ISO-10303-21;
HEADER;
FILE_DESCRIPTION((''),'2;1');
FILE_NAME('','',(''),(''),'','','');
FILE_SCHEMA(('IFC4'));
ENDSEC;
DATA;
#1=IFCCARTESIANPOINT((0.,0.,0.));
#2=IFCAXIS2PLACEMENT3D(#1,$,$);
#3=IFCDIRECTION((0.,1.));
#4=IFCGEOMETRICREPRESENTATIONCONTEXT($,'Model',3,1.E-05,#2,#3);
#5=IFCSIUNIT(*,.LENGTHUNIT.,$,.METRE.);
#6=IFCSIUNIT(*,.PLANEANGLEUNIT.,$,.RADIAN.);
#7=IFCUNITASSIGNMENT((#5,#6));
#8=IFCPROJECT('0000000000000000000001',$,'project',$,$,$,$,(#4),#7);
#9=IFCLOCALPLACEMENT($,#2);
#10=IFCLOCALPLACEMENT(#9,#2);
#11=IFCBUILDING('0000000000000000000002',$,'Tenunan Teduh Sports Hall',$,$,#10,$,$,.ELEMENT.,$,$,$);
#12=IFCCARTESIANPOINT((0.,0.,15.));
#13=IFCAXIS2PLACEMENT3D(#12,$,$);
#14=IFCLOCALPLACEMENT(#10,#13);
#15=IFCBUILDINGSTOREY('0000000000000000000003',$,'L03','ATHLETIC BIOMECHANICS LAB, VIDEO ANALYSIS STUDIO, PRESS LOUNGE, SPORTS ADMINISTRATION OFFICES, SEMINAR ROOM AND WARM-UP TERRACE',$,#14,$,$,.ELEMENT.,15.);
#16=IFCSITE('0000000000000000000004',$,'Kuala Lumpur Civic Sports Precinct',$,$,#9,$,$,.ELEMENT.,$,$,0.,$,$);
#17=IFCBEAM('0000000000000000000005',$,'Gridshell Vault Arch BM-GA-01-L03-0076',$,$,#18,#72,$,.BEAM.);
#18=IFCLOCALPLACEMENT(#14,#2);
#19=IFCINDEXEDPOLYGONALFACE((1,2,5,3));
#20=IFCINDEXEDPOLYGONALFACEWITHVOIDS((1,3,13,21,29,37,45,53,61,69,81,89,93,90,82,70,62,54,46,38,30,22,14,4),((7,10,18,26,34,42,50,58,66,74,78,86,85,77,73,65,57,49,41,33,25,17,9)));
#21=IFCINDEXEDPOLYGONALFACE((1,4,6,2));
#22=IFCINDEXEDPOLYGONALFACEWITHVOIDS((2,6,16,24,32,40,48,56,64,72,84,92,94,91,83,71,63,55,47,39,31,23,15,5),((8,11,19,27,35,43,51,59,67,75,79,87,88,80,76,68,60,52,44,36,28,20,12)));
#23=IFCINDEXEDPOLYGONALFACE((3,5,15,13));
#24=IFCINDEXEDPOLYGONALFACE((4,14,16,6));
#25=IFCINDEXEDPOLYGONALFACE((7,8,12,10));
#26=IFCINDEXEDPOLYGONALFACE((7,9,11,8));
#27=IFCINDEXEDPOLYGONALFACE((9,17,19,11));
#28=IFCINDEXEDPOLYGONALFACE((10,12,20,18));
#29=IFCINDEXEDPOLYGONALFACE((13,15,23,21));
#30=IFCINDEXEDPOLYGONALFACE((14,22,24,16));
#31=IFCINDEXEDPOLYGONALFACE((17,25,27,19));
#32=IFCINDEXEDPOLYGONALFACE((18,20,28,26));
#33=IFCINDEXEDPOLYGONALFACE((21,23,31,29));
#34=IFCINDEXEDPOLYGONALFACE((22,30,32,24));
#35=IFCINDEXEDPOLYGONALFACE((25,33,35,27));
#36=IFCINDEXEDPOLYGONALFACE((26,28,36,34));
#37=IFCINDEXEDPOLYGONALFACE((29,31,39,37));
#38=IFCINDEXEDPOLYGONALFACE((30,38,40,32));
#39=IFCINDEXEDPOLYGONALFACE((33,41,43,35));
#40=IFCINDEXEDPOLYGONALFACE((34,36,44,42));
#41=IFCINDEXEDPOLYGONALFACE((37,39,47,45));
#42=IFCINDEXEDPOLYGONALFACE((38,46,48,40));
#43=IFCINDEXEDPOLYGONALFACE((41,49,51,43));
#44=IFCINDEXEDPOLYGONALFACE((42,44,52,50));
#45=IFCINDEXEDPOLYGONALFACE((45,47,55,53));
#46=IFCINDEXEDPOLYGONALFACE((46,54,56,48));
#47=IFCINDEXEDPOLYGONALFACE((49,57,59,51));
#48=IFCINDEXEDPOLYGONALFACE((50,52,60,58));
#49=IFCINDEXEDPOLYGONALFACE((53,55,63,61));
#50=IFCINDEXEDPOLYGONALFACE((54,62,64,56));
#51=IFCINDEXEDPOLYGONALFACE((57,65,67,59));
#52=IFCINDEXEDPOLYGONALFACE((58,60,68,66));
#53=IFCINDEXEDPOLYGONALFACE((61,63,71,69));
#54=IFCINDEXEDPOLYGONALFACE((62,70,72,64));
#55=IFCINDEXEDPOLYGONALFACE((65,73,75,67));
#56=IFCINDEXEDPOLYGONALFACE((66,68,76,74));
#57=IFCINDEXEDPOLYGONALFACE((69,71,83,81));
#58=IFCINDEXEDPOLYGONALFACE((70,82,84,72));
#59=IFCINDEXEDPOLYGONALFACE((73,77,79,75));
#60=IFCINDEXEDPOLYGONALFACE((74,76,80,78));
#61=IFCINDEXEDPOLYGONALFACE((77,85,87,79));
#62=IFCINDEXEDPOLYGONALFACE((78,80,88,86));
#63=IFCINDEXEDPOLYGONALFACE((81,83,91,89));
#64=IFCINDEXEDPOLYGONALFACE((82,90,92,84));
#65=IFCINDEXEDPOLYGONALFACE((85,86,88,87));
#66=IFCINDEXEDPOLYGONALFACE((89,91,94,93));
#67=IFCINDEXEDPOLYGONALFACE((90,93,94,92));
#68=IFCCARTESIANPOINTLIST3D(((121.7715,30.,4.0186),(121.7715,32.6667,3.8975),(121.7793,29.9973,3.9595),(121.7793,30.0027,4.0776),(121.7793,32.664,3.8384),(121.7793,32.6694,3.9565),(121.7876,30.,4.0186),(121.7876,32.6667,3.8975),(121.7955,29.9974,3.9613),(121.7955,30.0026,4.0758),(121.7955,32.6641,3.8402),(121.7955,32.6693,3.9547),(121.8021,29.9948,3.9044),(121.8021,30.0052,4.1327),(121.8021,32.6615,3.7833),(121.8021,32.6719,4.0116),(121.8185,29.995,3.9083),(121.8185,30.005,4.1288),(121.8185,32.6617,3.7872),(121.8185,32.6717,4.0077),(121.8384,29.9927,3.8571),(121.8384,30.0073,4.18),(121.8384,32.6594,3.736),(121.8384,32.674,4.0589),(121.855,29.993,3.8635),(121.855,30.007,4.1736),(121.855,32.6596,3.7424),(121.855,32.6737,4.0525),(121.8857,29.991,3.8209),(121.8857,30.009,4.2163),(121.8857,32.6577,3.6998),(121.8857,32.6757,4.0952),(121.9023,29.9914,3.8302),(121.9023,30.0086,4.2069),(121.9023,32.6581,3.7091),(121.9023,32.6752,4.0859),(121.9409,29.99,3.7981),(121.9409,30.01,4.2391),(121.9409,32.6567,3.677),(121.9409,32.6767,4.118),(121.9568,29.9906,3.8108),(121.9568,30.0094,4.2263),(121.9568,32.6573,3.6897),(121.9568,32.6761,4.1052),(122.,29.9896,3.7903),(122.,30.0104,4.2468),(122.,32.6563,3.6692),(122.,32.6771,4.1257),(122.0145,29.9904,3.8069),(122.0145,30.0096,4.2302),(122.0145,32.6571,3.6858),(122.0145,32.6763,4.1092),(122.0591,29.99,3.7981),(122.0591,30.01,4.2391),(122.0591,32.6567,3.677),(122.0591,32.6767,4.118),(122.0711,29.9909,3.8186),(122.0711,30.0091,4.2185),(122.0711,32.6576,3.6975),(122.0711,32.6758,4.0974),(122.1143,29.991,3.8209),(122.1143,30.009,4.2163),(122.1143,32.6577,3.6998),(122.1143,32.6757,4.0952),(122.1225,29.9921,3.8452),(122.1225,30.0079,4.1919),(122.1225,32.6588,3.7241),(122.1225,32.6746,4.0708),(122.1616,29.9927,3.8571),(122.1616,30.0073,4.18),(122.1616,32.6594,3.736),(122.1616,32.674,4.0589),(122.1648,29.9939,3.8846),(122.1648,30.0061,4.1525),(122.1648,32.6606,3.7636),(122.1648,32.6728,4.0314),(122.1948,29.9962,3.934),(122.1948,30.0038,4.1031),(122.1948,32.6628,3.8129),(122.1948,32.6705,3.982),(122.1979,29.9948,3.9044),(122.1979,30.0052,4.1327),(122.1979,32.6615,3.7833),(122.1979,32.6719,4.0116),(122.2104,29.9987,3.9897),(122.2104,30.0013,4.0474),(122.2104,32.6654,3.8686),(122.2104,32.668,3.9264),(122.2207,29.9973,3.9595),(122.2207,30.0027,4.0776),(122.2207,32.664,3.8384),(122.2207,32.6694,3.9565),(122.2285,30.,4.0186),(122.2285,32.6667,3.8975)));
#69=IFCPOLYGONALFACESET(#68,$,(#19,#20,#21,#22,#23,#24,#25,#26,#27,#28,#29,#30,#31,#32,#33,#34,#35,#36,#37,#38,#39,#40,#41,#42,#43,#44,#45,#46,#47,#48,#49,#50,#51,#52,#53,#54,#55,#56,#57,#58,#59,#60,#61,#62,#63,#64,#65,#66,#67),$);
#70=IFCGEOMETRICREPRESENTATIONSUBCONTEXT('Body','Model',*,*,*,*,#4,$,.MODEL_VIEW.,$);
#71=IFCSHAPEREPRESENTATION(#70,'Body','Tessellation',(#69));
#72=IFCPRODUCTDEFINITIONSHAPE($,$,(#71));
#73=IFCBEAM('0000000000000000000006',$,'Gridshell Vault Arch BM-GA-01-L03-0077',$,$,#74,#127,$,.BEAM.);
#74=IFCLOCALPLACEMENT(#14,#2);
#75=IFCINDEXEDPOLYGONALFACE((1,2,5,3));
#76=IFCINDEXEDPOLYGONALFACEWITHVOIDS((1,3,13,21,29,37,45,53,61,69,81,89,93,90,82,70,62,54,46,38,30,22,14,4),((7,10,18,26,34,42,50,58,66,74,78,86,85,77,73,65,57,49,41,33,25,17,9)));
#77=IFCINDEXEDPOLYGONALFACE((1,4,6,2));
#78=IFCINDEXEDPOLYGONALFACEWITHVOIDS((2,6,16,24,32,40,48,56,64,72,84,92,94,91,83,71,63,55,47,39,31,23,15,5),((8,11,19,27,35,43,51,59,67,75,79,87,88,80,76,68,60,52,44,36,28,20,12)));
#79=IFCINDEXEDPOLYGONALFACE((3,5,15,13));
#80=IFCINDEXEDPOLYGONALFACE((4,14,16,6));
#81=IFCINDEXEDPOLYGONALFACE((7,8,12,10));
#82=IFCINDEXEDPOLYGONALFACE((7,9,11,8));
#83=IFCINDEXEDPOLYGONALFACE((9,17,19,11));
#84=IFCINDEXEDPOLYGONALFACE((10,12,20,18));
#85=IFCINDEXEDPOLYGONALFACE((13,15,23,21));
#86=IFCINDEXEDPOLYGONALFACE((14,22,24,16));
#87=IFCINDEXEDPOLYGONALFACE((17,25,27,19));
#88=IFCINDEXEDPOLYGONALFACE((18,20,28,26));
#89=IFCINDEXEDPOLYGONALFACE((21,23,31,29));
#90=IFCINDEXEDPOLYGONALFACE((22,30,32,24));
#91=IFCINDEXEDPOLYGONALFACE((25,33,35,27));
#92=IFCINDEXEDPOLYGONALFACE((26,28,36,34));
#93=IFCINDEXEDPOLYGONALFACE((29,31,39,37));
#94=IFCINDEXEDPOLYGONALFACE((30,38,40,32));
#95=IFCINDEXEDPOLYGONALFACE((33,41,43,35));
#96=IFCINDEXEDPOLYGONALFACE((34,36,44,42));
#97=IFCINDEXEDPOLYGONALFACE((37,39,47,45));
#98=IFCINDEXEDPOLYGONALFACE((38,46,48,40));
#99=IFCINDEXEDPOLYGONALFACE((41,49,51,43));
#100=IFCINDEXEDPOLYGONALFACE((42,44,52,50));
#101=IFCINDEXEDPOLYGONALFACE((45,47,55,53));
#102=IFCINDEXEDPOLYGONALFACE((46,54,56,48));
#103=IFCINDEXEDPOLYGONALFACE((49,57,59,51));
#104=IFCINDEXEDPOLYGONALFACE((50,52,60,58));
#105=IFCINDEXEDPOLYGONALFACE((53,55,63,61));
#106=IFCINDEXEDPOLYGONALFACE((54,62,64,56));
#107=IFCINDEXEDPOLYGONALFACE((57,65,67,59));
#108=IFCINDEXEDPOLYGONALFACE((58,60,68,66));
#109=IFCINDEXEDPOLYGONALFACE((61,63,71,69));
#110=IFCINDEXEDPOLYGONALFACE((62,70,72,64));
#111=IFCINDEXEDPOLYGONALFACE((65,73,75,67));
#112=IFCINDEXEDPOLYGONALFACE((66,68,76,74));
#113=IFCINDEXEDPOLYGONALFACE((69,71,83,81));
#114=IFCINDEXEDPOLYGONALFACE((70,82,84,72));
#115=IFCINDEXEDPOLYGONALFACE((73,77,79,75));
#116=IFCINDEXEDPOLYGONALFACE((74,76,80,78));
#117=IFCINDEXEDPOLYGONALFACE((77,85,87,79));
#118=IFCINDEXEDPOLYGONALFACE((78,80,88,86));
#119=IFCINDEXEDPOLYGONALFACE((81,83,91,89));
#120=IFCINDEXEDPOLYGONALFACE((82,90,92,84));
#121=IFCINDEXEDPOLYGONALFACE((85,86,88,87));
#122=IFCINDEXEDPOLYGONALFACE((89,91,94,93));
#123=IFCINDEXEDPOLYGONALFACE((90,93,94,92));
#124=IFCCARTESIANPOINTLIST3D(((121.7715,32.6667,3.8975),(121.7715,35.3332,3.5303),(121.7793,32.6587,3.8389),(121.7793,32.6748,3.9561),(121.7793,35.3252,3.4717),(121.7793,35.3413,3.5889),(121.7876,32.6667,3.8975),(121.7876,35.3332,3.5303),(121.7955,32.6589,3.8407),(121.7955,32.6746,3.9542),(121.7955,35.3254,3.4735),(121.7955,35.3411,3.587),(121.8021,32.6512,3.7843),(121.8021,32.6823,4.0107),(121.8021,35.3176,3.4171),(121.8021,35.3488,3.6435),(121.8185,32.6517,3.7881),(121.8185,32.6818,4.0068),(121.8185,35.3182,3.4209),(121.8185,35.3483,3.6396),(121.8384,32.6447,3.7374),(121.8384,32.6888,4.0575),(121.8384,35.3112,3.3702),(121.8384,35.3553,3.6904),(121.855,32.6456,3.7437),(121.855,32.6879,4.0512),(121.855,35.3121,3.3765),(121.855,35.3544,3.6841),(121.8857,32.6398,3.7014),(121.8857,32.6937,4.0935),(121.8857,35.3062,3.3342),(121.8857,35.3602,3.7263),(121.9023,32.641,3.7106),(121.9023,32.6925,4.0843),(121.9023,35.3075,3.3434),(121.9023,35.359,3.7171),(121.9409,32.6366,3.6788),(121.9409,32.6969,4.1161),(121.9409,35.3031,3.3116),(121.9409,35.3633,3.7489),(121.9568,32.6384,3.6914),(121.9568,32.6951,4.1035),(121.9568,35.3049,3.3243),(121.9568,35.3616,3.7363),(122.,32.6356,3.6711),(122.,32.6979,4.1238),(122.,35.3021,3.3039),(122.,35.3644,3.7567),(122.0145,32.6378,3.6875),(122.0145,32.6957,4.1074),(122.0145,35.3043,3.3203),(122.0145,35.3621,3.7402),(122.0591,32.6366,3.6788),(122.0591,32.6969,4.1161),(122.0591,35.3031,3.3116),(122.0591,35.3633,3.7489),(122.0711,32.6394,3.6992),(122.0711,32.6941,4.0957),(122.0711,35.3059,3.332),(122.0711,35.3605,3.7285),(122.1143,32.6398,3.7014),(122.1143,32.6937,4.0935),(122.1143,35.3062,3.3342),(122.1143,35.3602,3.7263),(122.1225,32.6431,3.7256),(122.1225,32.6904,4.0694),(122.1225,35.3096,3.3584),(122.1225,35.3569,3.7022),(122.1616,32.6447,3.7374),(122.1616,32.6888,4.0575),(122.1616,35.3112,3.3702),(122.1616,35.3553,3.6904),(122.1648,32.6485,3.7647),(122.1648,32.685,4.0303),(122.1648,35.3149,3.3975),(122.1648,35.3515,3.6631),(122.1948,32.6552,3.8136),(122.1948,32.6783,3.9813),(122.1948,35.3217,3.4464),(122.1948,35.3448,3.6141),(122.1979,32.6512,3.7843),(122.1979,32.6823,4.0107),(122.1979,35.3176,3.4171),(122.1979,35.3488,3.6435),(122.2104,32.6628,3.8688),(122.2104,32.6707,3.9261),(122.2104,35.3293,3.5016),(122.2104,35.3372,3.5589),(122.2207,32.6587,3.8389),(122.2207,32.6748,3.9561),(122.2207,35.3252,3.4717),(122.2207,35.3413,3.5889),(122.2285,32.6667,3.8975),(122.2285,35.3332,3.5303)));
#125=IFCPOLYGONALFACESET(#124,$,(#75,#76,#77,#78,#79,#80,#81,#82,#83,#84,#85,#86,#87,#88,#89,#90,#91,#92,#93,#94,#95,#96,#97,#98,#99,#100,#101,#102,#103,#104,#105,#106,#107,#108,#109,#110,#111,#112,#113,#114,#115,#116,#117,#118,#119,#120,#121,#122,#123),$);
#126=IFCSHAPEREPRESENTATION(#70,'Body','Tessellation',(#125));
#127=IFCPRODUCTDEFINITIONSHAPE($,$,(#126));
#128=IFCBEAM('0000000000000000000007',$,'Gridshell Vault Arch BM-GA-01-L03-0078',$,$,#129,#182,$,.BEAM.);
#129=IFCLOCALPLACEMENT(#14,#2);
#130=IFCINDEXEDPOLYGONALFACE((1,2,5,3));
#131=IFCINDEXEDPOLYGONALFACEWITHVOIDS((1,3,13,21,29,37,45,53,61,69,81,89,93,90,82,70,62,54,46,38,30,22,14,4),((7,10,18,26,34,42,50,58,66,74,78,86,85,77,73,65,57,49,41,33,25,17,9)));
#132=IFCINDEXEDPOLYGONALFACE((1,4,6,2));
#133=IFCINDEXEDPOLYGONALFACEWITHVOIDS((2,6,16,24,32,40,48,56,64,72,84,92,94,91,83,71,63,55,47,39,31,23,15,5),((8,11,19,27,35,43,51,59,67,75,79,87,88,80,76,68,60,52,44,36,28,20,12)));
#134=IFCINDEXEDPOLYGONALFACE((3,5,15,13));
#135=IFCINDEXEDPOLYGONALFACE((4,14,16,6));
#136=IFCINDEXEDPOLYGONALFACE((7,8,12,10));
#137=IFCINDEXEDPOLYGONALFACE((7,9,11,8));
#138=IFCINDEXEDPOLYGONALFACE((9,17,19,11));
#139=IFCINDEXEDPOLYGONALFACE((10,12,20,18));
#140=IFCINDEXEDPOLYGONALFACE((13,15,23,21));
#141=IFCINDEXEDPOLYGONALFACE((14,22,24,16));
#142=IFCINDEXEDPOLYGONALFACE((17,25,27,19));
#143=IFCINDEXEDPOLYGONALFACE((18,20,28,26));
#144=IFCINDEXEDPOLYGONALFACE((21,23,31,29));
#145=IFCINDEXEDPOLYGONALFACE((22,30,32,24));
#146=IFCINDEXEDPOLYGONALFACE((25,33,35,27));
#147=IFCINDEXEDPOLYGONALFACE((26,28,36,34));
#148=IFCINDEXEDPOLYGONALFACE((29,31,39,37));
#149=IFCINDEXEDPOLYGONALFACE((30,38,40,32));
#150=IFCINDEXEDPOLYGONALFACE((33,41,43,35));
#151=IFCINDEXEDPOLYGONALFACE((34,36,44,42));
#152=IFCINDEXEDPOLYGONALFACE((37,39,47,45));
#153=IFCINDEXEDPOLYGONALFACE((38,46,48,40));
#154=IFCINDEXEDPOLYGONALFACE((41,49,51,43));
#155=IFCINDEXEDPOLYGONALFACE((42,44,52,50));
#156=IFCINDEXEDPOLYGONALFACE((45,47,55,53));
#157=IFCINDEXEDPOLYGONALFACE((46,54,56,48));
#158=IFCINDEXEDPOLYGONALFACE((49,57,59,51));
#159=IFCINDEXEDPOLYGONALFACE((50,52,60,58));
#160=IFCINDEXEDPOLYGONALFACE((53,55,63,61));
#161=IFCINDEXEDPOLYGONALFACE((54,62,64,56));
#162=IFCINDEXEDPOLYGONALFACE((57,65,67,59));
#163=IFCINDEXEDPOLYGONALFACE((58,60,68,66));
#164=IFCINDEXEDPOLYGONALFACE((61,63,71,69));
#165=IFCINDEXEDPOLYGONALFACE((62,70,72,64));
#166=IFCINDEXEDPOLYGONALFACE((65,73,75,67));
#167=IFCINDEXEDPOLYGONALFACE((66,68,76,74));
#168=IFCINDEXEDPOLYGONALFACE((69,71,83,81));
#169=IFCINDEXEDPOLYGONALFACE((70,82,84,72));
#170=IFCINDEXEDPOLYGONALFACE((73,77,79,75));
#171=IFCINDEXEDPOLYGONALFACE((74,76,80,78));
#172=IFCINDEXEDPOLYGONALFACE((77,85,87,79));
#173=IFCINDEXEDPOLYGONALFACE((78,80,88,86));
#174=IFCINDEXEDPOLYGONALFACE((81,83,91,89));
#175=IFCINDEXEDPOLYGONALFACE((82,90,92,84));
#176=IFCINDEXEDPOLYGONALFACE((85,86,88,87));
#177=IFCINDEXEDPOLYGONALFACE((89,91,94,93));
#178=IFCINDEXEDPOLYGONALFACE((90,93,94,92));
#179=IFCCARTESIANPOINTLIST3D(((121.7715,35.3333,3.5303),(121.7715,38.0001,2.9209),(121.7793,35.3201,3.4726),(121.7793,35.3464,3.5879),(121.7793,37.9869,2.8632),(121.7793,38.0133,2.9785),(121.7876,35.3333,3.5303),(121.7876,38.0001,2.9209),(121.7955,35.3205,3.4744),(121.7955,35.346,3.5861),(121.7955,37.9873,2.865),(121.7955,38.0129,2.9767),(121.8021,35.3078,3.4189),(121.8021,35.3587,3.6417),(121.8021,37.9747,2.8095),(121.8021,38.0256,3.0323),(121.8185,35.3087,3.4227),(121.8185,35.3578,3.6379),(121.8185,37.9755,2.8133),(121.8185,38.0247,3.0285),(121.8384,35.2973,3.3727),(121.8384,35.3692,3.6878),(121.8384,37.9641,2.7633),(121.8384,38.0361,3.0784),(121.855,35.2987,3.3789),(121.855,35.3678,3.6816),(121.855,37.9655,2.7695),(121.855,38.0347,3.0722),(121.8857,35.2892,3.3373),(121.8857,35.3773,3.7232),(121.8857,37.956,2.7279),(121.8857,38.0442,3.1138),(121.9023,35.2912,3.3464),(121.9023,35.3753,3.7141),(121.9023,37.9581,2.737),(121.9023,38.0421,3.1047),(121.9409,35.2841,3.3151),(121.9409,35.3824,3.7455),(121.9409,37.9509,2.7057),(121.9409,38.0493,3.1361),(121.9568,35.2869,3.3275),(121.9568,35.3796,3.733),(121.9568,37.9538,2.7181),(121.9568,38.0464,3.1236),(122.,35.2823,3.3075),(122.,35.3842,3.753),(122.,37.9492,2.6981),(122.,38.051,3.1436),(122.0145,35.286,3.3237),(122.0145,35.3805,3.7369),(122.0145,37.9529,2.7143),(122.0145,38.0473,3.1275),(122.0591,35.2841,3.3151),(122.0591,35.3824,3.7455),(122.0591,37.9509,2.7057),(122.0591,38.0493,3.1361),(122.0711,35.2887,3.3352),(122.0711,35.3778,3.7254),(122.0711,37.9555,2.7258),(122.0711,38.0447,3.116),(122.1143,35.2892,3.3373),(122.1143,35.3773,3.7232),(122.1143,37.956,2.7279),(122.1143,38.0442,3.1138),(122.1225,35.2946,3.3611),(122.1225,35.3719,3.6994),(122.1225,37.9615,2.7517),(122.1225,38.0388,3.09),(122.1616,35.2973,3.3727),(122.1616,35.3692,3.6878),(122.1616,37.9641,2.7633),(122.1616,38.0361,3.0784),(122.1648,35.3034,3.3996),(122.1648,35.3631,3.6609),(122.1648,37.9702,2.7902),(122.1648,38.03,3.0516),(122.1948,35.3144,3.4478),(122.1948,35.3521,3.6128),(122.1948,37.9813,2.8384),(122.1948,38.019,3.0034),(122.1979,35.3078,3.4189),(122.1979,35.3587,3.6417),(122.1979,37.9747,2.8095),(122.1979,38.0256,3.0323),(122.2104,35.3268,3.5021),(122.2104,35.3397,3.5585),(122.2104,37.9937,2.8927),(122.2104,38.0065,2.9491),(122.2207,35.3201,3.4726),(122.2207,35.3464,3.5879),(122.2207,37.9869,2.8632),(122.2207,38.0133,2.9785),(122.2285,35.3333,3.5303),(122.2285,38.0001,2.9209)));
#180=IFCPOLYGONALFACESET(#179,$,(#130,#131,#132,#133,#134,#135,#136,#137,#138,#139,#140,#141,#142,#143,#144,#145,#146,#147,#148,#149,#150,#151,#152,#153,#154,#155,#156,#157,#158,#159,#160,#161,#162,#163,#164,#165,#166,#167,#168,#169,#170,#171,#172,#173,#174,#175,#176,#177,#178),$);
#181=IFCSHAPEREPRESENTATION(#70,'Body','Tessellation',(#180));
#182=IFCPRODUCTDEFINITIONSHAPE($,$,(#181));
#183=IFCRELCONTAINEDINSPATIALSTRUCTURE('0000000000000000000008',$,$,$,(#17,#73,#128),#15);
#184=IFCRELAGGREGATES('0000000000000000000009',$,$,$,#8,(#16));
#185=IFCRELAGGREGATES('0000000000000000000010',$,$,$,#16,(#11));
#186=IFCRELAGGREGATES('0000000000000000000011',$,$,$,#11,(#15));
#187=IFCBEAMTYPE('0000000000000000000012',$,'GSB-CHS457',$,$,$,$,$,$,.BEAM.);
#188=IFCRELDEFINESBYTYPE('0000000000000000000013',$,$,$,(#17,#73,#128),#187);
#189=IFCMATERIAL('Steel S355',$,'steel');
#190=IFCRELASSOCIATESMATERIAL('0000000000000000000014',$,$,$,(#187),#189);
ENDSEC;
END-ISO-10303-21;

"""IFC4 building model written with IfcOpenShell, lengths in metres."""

from ifc_helpers import new_model, si_unit, direction, frame, origin, origin_2d, place, context, subcontext, project, spatial, hollow_circle, extrude, material, material_profile, profile_set, type_object, element, save


model = new_model("IFC4")

# Units and contexts
model_context = context("Model", 3, precision=1e-05, world=origin(), true_north=direction((0.0, 1.0)))
body_context = subcontext(model_context, "Body", "Model", "MODEL_VIEW")
ifc_project = project(units=[si_unit("LENGTHUNIT", "METRE"), si_unit("PLANEANGLEUNIT", "RADIAN")], contexts=[model_context])

# Site, building, storey
site_placement = place(None, origin())
site = spatial("IfcSite", under=ifc_project, at=site_placement, Name="Kuala Lumpur Civic Sports Precinct", CompositionType="ELEMENT", RefElevation=0.0)
building_placement = place(site_placement, origin())
building = spatial("IfcBuilding", under=site, at=building_placement, Name="Tenunan Teduh Sports Hall", CompositionType="ELEMENT")
storey_placement = place(building_placement, frame((0.0, 0.0, 15.0)))
storey = spatial("IfcBuildingStorey", under=building, at=storey_placement, Name="L03", Description="ATHLETIC BIOMECHANICS LAB, VIDEO ANALYSIS STUDIO, PRESS LOUNGE, SPORTS ADMINISTRATION OFFICES, SEMINAR ROOM AND WARM-UP TERRACE", CompositionType="ELEMENT", Elevation=15.0)

# Beams
ifc_material_1 = material(Name="Steel S355", Category="steel")
ifc_material_profile_1 = material_profile(ifc_material_1, hollow_circle(Radius=0.2285, WallThickness=0.0161, at=origin_2d()), Name="CHS 457.0x16.0")
ifc_profile_set_1 = profile_set([ifc_material_profile_1], Name="Steel S355")
beam_type_1 = type_object("IfcBeamType", Name="GSB-CHS457", PredefinedType="BEAM", material=ifc_profile_set_1)
beam_1_placement = place(storey_placement, frame((122.0, 30.0, 4.0186), z_axis=(0.0, 0.998971, -0.045362), x_axis=(-1.0, 0.0, 0.0)))
element("IfcBeam", 1, at=beam_1_placement, inside=storey, type_object=beam_type_1, Name="Gridshell Vault Arch BM-GA-01-L03-0076", PredefinedType="BEAM", context=body_context, shape_type="SweptSolid", body=[
    extrude(hollow_circle(Radius=0.2285, WallThickness=0.0161, at=origin_2d()), origin(), (0.0, 0.0, 1.0), 2.6694),
])
beam_2_placement = place(storey_placement, frame((122.0, 32.6667, 3.8975), z_axis=(0.0, 0.990652, -0.136416), x_axis=(-1.0, 0.0, 0.0)))
element("IfcBeam", 2, at=beam_2_placement, inside=storey, type_object=beam_type_1, Name="Gridshell Vault Arch BM-GA-01-L03-0077", PredefinedType="BEAM", context=body_context, shape_type="SweptSolid", body=[
    extrude(hollow_circle(Radius=0.2285, WallThickness=0.0161, at=origin_2d()), origin(), (0.0, 0.0, 1.0), 2.6917),
])
beam_3_placement = place(storey_placement, frame((122.0, 35.3333, 3.5303), z_axis=(0.0, 0.974872, -0.222767), x_axis=(-1.0, 0.0, 0.0)))
element("IfcBeam", 3, at=beam_3_placement, inside=storey, type_object=beam_type_1, Name="Gridshell Vault Arch BM-GA-01-L03-0078", PredefinedType="BEAM", context=body_context, shape_type="SweptSolid", body=[
    extrude(hollow_circle(Radius=0.2285, WallThickness=0.0161, at=origin_2d()), origin(), (0.0, 0.0, 1.0), 2.7356),
])

save(model, "model.ifc")
